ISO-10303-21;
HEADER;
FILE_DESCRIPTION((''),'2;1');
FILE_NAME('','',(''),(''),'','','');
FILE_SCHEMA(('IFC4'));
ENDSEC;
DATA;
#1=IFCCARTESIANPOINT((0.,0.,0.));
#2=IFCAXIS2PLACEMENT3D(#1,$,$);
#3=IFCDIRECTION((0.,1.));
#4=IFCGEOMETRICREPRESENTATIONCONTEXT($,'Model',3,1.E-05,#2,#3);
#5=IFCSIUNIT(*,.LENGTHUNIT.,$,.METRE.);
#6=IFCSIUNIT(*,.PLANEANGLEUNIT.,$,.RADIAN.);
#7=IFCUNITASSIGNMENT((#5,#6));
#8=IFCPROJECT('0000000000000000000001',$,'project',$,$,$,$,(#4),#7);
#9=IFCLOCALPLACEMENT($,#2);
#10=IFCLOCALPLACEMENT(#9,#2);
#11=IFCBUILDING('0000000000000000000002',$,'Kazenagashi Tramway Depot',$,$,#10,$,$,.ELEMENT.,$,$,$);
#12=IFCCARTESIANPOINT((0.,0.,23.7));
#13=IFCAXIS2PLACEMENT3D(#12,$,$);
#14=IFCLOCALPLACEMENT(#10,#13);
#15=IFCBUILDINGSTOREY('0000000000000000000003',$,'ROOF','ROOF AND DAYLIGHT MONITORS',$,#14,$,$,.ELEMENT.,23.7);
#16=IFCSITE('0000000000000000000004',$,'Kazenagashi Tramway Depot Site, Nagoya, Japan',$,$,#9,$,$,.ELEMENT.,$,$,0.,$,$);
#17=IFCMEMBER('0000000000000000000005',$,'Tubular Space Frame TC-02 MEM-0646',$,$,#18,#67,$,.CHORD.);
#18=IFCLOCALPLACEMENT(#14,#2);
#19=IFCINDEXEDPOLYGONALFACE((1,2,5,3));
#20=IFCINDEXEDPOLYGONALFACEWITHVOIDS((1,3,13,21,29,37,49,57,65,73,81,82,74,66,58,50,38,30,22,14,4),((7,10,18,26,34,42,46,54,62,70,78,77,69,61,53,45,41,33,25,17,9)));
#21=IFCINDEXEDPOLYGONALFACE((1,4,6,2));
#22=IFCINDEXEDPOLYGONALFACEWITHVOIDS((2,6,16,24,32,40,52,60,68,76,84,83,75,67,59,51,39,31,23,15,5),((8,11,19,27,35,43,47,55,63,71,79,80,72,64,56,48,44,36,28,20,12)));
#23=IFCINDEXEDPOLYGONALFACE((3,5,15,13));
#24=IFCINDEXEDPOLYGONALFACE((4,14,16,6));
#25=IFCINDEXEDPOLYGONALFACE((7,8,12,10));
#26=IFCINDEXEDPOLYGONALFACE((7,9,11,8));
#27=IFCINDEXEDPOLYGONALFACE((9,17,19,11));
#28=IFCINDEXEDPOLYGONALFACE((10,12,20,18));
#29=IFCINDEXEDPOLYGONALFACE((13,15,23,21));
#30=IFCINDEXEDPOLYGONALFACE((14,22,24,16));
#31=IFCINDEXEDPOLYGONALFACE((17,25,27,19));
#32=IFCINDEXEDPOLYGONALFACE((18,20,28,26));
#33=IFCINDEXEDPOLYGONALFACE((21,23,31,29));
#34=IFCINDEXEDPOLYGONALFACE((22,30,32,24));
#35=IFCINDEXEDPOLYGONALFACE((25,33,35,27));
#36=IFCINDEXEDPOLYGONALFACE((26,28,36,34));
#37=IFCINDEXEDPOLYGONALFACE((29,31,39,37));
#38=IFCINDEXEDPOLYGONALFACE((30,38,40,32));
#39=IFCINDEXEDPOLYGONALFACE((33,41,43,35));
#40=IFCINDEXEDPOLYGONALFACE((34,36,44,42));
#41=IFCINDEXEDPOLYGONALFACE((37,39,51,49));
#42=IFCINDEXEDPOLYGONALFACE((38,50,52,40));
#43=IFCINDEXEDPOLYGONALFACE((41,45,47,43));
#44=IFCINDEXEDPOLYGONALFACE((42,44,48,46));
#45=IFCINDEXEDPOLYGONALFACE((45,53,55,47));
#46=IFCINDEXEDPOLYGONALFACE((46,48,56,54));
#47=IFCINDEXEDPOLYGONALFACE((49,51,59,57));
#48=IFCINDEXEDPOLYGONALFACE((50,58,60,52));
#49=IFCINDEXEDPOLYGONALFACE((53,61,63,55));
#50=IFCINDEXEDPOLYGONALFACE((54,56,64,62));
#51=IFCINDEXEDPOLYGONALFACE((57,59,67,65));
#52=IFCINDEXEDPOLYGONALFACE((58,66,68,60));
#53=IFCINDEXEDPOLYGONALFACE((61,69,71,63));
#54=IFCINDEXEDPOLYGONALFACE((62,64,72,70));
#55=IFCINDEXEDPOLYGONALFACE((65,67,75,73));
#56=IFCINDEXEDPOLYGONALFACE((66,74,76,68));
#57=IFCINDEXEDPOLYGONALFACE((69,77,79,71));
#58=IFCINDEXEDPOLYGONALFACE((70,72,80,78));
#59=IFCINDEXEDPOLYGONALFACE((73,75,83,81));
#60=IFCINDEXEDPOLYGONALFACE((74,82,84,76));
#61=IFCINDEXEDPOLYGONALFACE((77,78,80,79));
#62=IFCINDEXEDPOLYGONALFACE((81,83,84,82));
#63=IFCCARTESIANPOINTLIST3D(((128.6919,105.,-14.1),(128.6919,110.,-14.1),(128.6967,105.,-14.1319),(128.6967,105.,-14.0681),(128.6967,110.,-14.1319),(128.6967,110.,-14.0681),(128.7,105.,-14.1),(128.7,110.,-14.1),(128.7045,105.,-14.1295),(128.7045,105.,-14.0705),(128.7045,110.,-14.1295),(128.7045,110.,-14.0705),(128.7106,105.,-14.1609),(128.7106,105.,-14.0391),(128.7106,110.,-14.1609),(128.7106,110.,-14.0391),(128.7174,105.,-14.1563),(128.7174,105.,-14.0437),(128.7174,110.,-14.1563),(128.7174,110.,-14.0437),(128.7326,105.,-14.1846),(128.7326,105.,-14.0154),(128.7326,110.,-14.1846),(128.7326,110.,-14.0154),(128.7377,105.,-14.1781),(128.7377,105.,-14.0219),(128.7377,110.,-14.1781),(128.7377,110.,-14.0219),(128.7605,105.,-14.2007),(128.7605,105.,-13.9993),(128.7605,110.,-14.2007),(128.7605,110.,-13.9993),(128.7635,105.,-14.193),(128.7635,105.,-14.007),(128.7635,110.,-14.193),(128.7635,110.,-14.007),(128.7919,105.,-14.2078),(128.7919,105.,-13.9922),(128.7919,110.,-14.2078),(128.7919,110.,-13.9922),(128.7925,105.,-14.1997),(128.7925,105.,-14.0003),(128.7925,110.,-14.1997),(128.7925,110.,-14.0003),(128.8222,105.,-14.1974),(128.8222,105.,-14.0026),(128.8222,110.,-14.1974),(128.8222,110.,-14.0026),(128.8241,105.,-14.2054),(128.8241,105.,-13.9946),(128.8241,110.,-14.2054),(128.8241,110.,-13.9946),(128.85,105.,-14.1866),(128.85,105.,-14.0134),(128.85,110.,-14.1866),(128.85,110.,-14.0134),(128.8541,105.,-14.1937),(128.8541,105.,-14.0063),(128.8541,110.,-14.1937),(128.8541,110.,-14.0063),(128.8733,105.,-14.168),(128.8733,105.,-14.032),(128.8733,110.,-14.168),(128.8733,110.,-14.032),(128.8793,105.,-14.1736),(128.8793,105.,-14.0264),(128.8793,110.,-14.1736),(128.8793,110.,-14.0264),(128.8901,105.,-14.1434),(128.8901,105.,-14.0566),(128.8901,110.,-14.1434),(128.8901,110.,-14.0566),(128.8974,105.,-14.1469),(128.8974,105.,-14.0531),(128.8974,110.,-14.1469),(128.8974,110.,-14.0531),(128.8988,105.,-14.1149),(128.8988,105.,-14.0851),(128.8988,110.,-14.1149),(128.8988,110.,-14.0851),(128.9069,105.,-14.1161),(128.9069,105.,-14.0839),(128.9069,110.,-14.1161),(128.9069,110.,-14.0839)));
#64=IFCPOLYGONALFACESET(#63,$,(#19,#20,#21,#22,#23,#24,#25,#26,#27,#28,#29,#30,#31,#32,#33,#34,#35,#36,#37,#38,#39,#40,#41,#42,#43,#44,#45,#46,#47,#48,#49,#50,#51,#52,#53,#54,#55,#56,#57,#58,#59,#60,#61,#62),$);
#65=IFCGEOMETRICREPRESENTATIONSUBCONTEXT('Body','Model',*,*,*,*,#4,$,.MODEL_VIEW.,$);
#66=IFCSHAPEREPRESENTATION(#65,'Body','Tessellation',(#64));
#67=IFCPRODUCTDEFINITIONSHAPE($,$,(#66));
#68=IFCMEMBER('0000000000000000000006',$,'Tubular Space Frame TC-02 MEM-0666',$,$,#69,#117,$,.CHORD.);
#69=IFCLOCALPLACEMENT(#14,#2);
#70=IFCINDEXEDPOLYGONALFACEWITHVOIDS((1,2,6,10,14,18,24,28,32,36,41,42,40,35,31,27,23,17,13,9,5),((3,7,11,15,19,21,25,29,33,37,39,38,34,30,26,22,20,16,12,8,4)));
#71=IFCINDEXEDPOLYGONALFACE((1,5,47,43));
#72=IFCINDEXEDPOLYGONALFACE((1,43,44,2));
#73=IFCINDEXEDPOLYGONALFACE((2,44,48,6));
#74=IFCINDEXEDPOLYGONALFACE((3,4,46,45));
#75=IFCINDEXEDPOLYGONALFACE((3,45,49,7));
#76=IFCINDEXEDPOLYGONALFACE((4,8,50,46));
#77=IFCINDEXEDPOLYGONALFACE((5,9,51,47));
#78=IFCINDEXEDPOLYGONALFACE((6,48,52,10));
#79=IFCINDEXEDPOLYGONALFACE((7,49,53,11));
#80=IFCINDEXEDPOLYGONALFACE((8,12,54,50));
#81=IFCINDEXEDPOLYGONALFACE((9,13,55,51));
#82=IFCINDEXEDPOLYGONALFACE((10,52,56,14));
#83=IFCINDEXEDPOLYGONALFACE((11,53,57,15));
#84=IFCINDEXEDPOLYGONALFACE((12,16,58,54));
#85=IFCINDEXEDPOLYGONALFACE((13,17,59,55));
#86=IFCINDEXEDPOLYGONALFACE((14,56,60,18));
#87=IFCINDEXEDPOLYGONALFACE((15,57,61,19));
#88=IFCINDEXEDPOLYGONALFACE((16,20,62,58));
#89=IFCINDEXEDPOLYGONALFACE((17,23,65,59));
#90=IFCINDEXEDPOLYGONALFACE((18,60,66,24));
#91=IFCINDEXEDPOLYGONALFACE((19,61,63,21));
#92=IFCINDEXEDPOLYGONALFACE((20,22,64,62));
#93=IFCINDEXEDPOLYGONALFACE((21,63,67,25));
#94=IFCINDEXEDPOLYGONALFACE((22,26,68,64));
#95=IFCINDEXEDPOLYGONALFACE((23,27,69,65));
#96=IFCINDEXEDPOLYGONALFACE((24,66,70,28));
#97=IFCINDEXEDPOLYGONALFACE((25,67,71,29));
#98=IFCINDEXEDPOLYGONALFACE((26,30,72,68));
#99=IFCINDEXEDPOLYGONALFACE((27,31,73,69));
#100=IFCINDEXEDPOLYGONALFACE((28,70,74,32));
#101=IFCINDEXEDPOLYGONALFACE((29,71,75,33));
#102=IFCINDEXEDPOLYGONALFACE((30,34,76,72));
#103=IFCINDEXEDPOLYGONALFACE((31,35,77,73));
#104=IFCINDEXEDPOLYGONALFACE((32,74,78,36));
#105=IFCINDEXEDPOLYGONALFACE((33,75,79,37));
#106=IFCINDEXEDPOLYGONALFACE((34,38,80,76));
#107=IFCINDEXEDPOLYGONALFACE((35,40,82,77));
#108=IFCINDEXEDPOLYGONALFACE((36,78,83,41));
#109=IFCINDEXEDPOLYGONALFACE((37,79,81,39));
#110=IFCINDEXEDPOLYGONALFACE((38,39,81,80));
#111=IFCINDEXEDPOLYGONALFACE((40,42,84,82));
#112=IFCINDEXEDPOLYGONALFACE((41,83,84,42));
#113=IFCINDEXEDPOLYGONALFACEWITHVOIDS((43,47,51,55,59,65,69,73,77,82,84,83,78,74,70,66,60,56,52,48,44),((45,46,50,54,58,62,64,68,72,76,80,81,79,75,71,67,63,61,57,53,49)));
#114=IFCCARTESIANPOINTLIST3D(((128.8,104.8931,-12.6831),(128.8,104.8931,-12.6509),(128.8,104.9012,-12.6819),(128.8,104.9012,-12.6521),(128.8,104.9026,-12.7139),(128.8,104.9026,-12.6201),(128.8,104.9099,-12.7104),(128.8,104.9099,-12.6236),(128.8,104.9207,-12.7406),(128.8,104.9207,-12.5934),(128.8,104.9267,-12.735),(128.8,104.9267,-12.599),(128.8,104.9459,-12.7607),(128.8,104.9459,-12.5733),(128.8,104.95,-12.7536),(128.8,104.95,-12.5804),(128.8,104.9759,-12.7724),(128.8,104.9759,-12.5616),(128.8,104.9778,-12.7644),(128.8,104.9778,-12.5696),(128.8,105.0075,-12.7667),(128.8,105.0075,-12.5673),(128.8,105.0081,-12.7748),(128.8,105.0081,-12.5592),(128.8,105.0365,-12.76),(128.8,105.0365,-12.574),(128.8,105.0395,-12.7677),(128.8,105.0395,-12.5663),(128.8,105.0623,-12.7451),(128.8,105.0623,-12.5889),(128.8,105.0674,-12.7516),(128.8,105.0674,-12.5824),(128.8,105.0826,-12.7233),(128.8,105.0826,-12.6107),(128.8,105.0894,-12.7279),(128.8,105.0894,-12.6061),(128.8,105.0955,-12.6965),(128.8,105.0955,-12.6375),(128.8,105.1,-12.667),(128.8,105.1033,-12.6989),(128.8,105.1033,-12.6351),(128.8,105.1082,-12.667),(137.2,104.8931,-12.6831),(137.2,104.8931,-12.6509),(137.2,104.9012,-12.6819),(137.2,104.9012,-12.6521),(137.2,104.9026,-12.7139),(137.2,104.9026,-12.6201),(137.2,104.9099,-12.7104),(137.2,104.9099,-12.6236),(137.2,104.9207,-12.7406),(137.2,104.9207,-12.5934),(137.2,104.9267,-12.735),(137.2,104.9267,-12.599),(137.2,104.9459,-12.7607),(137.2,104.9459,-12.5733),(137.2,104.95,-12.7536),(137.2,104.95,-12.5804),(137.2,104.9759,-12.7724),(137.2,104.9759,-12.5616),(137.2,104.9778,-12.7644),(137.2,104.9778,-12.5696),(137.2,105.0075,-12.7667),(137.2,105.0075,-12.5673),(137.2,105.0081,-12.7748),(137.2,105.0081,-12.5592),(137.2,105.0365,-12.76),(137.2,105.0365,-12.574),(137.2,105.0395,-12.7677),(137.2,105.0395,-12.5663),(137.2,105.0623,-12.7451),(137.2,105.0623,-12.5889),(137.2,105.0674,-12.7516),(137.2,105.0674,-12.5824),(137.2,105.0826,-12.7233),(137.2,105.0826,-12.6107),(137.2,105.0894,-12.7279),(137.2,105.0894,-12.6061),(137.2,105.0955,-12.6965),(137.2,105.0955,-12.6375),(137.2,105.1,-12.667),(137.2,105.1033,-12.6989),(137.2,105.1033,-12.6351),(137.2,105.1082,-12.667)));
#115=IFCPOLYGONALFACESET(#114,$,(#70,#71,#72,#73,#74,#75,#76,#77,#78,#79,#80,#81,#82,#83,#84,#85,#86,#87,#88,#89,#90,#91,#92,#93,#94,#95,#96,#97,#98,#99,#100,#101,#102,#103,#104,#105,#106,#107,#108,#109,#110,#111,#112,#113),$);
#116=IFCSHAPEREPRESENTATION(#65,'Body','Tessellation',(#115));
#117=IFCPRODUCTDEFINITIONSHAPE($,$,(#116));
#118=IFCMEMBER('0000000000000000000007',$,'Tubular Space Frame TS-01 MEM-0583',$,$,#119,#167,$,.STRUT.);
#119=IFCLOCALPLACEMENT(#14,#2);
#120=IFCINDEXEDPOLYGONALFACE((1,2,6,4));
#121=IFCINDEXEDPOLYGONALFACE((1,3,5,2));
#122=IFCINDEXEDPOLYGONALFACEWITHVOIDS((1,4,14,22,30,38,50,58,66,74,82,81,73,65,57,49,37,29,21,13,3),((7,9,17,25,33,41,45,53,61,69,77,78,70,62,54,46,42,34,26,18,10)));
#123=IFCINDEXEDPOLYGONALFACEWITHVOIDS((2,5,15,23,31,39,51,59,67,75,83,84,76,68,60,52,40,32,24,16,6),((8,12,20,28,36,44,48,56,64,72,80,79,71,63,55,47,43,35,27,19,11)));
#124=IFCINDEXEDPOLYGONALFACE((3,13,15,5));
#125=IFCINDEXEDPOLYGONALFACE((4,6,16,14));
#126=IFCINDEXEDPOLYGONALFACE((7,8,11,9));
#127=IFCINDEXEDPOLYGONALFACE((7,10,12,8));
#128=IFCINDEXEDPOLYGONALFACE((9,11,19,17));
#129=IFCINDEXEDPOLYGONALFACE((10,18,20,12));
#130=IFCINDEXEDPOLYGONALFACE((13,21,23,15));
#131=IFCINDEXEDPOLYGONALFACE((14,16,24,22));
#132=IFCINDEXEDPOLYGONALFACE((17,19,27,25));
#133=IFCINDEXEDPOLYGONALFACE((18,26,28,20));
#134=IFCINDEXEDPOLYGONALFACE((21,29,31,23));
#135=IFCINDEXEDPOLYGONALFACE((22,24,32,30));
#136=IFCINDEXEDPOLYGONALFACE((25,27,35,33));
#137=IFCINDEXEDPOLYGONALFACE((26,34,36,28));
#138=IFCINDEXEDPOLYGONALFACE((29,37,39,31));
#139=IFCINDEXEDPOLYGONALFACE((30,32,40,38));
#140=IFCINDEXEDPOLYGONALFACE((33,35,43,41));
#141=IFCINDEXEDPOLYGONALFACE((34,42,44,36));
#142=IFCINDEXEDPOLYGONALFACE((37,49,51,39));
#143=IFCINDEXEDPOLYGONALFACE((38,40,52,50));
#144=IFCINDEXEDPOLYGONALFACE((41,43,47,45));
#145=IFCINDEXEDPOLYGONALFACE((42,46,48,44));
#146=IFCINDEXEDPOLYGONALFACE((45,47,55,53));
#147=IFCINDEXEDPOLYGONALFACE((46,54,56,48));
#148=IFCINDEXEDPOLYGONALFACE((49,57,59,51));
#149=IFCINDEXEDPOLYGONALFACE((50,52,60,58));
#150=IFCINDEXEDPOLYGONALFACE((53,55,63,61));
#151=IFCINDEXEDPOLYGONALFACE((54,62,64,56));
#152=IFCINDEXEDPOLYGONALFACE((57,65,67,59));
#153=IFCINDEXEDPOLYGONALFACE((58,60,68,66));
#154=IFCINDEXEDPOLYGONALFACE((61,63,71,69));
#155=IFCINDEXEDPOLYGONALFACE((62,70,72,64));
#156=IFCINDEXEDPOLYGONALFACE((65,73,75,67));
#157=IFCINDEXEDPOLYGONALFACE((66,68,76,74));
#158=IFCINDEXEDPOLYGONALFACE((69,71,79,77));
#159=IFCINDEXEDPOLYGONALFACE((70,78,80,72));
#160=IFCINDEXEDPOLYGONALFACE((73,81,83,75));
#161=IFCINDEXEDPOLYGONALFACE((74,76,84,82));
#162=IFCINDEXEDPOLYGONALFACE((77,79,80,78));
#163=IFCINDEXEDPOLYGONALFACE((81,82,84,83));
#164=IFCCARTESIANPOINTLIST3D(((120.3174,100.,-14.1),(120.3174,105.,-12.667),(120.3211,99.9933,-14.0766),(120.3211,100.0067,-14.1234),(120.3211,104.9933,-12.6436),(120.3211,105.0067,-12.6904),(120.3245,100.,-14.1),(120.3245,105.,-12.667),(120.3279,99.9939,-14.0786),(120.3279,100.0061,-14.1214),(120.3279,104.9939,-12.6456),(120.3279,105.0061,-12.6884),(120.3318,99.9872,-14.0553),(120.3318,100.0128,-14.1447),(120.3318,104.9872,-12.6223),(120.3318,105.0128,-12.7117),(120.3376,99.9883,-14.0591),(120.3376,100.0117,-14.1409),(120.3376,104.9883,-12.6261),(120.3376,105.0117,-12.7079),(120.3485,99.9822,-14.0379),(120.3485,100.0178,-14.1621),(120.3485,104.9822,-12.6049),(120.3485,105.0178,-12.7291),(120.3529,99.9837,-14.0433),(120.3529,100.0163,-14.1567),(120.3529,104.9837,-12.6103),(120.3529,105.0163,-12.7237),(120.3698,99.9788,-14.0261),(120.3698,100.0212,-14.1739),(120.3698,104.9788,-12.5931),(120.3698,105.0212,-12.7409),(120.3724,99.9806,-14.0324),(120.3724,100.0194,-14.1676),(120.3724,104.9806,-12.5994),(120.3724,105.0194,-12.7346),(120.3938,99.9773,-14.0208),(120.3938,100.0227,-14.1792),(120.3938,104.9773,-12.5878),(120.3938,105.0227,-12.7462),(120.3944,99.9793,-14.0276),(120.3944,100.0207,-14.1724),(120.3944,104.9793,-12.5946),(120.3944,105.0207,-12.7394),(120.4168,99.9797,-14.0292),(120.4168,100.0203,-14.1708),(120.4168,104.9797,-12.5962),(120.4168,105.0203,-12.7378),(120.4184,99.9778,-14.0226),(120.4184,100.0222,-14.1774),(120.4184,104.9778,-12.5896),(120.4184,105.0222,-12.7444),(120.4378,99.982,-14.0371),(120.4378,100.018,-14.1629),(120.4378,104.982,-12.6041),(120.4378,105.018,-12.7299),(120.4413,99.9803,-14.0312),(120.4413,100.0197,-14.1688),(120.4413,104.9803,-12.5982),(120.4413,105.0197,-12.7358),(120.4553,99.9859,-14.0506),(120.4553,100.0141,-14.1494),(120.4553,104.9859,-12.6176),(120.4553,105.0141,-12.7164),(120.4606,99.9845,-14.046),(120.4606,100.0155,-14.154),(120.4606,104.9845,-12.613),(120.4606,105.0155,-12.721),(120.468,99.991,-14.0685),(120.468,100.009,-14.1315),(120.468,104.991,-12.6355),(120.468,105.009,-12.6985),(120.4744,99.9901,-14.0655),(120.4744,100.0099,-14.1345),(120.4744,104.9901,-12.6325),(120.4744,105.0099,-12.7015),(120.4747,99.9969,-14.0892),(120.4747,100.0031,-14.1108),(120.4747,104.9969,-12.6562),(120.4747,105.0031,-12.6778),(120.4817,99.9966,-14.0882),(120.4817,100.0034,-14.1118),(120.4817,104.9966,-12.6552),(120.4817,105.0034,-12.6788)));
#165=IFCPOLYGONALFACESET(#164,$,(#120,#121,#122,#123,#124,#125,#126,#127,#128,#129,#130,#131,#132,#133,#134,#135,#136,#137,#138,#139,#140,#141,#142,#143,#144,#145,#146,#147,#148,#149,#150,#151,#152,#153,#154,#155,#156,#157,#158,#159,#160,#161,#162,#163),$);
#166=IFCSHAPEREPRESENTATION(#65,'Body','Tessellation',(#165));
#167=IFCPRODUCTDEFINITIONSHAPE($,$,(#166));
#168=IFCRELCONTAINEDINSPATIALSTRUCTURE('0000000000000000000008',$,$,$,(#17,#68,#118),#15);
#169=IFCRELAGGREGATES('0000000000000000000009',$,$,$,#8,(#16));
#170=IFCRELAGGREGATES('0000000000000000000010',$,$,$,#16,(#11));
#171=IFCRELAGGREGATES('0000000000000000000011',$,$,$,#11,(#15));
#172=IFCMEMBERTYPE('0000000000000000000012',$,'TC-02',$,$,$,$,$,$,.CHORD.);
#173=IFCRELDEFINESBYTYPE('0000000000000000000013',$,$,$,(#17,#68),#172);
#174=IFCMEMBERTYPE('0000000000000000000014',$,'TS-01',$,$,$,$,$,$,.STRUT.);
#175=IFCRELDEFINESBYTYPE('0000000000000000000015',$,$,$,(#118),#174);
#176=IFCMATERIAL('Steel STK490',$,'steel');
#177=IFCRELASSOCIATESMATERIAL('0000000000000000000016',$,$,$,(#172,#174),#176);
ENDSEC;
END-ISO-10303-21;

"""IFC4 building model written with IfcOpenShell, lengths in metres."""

from ifc_helpers import new_model, si_unit, direction, frame, origin, origin_2d, place, context, subcontext, project, spatial, hollow_circle, extrude, material, material_profile, profile_set, type_object, element, save


model = new_model("IFC4")

# Units and contexts
model_context = context("Model", 3, precision=1e-05, world=origin(), true_north=direction((0.0, 1.0)))
body_context = subcontext(model_context, "Body", "Model", "MODEL_VIEW")
ifc_project = project(units=[si_unit("LENGTHUNIT", "METRE"), si_unit("PLANEANGLEUNIT", "RADIAN")], contexts=[model_context])

# Site, building, storey
site_placement = place(None, origin())
site = spatial("IfcSite", under=ifc_project, at=site_placement, Name="Kazenagashi Tramway Depot Site, Nagoya, Japan", CompositionType="ELEMENT", RefElevation=0.0)
building_placement = place(site_placement, origin())
building = spatial("IfcBuilding", under=site, at=building_placement, Name="Kazenagashi Tramway Depot", CompositionType="ELEMENT")
storey_placement = place(building_placement, frame((0.0, 0.0, 23.7)))
storey = spatial("IfcBuildingStorey", under=building, at=storey_placement, Name="ROOF", Description="ROOF AND DAYLIGHT MONITORS", CompositionType="ELEMENT", Elevation=23.7)

# Members
ifc_material_1 = material(Name="Steel STK490", Category="steel")
ifc_material_profile_1 = material_profile(ifc_material_1, hollow_circle(Radius=0.1081, WallThickness=0.0082, at=origin_2d()), Name="CHS-216.3x8.2")
ifc_profile_set_1 = profile_set([ifc_material_profile_1], Name="Steel STK490")
member_type_1 = type_object("IfcMemberType", Name="TC-02", PredefinedType="CHORD", material=ifc_profile_set_1)
for number, where, z_axis, x_axis, name in (
    (1, (128.8, 105.0, -14.1), (0.0, 1.0, 0.0), (-1.0, 0.0, 0.0), "Tubular Space Frame TC-02 MEM-0646"),
):
    element("IfcMember", number, at=place(storey_placement, frame(where, z_axis=z_axis, x_axis=x_axis)), inside=storey, type_object=member_type_1, Name=name, PredefinedType="CHORD", context=body_context, shape_type="SweptSolid", body=[
        extrude(hollow_circle(Radius=0.1081, WallThickness=0.0082, at=origin_2d()), origin(), (0.0, 0.0, 1.0), 5.0),
    ])
member_1_placement = place(storey_placement, frame((128.8, 105.0, -12.667), z_axis=(1.0, 0.0, 0.0), x_axis=(0.0, 1.0, 0.0)))
element("IfcMember", 2, at=member_1_placement, inside=storey, type_object=member_type_1, Name="Tubular Space Frame TC-02 MEM-0666", PredefinedType="CHORD", context=body_context, shape_type="SweptSolid", body=[
    extrude(hollow_circle(Radius=0.1081, WallThickness=0.0082, at=origin_2d()), origin(), (0.0, 0.0, 1.0), 8.4),
])
ifc_material_profile_2 = material_profile(ifc_material_1, hollow_circle(Radius=0.0826, WallThickness=0.0071, at=origin_2d()), Name="CHS-165.2x7.1")
ifc_profile_set_2 = profile_set([ifc_material_profile_2], Name="Steel STK490")
member_type_2 = type_object("IfcMemberType", Name="TS-01", PredefinedType="STRUT", material=ifc_profile_set_2)
member_2_placement = place(storey_placement, frame((120.4, 100.0, -14.1), z_axis=(0.0, 0.961299, 0.275508), x_axis=(-1.0, 0.0, 0.0)))
element("IfcMember", 3, at=member_2_placement, inside=storey, type_object=member_type_2, Name="Tubular Space Frame TS-01 MEM-0583", PredefinedType="STRUT", context=body_context, shape_type="SweptSolid", body=[
    extrude(hollow_circle(Radius=0.0826, WallThickness=0.0071, at=origin_2d()), origin(), (0.0, 0.0, 1.0), 5.2013),
])

save(model, "model.ifc")
